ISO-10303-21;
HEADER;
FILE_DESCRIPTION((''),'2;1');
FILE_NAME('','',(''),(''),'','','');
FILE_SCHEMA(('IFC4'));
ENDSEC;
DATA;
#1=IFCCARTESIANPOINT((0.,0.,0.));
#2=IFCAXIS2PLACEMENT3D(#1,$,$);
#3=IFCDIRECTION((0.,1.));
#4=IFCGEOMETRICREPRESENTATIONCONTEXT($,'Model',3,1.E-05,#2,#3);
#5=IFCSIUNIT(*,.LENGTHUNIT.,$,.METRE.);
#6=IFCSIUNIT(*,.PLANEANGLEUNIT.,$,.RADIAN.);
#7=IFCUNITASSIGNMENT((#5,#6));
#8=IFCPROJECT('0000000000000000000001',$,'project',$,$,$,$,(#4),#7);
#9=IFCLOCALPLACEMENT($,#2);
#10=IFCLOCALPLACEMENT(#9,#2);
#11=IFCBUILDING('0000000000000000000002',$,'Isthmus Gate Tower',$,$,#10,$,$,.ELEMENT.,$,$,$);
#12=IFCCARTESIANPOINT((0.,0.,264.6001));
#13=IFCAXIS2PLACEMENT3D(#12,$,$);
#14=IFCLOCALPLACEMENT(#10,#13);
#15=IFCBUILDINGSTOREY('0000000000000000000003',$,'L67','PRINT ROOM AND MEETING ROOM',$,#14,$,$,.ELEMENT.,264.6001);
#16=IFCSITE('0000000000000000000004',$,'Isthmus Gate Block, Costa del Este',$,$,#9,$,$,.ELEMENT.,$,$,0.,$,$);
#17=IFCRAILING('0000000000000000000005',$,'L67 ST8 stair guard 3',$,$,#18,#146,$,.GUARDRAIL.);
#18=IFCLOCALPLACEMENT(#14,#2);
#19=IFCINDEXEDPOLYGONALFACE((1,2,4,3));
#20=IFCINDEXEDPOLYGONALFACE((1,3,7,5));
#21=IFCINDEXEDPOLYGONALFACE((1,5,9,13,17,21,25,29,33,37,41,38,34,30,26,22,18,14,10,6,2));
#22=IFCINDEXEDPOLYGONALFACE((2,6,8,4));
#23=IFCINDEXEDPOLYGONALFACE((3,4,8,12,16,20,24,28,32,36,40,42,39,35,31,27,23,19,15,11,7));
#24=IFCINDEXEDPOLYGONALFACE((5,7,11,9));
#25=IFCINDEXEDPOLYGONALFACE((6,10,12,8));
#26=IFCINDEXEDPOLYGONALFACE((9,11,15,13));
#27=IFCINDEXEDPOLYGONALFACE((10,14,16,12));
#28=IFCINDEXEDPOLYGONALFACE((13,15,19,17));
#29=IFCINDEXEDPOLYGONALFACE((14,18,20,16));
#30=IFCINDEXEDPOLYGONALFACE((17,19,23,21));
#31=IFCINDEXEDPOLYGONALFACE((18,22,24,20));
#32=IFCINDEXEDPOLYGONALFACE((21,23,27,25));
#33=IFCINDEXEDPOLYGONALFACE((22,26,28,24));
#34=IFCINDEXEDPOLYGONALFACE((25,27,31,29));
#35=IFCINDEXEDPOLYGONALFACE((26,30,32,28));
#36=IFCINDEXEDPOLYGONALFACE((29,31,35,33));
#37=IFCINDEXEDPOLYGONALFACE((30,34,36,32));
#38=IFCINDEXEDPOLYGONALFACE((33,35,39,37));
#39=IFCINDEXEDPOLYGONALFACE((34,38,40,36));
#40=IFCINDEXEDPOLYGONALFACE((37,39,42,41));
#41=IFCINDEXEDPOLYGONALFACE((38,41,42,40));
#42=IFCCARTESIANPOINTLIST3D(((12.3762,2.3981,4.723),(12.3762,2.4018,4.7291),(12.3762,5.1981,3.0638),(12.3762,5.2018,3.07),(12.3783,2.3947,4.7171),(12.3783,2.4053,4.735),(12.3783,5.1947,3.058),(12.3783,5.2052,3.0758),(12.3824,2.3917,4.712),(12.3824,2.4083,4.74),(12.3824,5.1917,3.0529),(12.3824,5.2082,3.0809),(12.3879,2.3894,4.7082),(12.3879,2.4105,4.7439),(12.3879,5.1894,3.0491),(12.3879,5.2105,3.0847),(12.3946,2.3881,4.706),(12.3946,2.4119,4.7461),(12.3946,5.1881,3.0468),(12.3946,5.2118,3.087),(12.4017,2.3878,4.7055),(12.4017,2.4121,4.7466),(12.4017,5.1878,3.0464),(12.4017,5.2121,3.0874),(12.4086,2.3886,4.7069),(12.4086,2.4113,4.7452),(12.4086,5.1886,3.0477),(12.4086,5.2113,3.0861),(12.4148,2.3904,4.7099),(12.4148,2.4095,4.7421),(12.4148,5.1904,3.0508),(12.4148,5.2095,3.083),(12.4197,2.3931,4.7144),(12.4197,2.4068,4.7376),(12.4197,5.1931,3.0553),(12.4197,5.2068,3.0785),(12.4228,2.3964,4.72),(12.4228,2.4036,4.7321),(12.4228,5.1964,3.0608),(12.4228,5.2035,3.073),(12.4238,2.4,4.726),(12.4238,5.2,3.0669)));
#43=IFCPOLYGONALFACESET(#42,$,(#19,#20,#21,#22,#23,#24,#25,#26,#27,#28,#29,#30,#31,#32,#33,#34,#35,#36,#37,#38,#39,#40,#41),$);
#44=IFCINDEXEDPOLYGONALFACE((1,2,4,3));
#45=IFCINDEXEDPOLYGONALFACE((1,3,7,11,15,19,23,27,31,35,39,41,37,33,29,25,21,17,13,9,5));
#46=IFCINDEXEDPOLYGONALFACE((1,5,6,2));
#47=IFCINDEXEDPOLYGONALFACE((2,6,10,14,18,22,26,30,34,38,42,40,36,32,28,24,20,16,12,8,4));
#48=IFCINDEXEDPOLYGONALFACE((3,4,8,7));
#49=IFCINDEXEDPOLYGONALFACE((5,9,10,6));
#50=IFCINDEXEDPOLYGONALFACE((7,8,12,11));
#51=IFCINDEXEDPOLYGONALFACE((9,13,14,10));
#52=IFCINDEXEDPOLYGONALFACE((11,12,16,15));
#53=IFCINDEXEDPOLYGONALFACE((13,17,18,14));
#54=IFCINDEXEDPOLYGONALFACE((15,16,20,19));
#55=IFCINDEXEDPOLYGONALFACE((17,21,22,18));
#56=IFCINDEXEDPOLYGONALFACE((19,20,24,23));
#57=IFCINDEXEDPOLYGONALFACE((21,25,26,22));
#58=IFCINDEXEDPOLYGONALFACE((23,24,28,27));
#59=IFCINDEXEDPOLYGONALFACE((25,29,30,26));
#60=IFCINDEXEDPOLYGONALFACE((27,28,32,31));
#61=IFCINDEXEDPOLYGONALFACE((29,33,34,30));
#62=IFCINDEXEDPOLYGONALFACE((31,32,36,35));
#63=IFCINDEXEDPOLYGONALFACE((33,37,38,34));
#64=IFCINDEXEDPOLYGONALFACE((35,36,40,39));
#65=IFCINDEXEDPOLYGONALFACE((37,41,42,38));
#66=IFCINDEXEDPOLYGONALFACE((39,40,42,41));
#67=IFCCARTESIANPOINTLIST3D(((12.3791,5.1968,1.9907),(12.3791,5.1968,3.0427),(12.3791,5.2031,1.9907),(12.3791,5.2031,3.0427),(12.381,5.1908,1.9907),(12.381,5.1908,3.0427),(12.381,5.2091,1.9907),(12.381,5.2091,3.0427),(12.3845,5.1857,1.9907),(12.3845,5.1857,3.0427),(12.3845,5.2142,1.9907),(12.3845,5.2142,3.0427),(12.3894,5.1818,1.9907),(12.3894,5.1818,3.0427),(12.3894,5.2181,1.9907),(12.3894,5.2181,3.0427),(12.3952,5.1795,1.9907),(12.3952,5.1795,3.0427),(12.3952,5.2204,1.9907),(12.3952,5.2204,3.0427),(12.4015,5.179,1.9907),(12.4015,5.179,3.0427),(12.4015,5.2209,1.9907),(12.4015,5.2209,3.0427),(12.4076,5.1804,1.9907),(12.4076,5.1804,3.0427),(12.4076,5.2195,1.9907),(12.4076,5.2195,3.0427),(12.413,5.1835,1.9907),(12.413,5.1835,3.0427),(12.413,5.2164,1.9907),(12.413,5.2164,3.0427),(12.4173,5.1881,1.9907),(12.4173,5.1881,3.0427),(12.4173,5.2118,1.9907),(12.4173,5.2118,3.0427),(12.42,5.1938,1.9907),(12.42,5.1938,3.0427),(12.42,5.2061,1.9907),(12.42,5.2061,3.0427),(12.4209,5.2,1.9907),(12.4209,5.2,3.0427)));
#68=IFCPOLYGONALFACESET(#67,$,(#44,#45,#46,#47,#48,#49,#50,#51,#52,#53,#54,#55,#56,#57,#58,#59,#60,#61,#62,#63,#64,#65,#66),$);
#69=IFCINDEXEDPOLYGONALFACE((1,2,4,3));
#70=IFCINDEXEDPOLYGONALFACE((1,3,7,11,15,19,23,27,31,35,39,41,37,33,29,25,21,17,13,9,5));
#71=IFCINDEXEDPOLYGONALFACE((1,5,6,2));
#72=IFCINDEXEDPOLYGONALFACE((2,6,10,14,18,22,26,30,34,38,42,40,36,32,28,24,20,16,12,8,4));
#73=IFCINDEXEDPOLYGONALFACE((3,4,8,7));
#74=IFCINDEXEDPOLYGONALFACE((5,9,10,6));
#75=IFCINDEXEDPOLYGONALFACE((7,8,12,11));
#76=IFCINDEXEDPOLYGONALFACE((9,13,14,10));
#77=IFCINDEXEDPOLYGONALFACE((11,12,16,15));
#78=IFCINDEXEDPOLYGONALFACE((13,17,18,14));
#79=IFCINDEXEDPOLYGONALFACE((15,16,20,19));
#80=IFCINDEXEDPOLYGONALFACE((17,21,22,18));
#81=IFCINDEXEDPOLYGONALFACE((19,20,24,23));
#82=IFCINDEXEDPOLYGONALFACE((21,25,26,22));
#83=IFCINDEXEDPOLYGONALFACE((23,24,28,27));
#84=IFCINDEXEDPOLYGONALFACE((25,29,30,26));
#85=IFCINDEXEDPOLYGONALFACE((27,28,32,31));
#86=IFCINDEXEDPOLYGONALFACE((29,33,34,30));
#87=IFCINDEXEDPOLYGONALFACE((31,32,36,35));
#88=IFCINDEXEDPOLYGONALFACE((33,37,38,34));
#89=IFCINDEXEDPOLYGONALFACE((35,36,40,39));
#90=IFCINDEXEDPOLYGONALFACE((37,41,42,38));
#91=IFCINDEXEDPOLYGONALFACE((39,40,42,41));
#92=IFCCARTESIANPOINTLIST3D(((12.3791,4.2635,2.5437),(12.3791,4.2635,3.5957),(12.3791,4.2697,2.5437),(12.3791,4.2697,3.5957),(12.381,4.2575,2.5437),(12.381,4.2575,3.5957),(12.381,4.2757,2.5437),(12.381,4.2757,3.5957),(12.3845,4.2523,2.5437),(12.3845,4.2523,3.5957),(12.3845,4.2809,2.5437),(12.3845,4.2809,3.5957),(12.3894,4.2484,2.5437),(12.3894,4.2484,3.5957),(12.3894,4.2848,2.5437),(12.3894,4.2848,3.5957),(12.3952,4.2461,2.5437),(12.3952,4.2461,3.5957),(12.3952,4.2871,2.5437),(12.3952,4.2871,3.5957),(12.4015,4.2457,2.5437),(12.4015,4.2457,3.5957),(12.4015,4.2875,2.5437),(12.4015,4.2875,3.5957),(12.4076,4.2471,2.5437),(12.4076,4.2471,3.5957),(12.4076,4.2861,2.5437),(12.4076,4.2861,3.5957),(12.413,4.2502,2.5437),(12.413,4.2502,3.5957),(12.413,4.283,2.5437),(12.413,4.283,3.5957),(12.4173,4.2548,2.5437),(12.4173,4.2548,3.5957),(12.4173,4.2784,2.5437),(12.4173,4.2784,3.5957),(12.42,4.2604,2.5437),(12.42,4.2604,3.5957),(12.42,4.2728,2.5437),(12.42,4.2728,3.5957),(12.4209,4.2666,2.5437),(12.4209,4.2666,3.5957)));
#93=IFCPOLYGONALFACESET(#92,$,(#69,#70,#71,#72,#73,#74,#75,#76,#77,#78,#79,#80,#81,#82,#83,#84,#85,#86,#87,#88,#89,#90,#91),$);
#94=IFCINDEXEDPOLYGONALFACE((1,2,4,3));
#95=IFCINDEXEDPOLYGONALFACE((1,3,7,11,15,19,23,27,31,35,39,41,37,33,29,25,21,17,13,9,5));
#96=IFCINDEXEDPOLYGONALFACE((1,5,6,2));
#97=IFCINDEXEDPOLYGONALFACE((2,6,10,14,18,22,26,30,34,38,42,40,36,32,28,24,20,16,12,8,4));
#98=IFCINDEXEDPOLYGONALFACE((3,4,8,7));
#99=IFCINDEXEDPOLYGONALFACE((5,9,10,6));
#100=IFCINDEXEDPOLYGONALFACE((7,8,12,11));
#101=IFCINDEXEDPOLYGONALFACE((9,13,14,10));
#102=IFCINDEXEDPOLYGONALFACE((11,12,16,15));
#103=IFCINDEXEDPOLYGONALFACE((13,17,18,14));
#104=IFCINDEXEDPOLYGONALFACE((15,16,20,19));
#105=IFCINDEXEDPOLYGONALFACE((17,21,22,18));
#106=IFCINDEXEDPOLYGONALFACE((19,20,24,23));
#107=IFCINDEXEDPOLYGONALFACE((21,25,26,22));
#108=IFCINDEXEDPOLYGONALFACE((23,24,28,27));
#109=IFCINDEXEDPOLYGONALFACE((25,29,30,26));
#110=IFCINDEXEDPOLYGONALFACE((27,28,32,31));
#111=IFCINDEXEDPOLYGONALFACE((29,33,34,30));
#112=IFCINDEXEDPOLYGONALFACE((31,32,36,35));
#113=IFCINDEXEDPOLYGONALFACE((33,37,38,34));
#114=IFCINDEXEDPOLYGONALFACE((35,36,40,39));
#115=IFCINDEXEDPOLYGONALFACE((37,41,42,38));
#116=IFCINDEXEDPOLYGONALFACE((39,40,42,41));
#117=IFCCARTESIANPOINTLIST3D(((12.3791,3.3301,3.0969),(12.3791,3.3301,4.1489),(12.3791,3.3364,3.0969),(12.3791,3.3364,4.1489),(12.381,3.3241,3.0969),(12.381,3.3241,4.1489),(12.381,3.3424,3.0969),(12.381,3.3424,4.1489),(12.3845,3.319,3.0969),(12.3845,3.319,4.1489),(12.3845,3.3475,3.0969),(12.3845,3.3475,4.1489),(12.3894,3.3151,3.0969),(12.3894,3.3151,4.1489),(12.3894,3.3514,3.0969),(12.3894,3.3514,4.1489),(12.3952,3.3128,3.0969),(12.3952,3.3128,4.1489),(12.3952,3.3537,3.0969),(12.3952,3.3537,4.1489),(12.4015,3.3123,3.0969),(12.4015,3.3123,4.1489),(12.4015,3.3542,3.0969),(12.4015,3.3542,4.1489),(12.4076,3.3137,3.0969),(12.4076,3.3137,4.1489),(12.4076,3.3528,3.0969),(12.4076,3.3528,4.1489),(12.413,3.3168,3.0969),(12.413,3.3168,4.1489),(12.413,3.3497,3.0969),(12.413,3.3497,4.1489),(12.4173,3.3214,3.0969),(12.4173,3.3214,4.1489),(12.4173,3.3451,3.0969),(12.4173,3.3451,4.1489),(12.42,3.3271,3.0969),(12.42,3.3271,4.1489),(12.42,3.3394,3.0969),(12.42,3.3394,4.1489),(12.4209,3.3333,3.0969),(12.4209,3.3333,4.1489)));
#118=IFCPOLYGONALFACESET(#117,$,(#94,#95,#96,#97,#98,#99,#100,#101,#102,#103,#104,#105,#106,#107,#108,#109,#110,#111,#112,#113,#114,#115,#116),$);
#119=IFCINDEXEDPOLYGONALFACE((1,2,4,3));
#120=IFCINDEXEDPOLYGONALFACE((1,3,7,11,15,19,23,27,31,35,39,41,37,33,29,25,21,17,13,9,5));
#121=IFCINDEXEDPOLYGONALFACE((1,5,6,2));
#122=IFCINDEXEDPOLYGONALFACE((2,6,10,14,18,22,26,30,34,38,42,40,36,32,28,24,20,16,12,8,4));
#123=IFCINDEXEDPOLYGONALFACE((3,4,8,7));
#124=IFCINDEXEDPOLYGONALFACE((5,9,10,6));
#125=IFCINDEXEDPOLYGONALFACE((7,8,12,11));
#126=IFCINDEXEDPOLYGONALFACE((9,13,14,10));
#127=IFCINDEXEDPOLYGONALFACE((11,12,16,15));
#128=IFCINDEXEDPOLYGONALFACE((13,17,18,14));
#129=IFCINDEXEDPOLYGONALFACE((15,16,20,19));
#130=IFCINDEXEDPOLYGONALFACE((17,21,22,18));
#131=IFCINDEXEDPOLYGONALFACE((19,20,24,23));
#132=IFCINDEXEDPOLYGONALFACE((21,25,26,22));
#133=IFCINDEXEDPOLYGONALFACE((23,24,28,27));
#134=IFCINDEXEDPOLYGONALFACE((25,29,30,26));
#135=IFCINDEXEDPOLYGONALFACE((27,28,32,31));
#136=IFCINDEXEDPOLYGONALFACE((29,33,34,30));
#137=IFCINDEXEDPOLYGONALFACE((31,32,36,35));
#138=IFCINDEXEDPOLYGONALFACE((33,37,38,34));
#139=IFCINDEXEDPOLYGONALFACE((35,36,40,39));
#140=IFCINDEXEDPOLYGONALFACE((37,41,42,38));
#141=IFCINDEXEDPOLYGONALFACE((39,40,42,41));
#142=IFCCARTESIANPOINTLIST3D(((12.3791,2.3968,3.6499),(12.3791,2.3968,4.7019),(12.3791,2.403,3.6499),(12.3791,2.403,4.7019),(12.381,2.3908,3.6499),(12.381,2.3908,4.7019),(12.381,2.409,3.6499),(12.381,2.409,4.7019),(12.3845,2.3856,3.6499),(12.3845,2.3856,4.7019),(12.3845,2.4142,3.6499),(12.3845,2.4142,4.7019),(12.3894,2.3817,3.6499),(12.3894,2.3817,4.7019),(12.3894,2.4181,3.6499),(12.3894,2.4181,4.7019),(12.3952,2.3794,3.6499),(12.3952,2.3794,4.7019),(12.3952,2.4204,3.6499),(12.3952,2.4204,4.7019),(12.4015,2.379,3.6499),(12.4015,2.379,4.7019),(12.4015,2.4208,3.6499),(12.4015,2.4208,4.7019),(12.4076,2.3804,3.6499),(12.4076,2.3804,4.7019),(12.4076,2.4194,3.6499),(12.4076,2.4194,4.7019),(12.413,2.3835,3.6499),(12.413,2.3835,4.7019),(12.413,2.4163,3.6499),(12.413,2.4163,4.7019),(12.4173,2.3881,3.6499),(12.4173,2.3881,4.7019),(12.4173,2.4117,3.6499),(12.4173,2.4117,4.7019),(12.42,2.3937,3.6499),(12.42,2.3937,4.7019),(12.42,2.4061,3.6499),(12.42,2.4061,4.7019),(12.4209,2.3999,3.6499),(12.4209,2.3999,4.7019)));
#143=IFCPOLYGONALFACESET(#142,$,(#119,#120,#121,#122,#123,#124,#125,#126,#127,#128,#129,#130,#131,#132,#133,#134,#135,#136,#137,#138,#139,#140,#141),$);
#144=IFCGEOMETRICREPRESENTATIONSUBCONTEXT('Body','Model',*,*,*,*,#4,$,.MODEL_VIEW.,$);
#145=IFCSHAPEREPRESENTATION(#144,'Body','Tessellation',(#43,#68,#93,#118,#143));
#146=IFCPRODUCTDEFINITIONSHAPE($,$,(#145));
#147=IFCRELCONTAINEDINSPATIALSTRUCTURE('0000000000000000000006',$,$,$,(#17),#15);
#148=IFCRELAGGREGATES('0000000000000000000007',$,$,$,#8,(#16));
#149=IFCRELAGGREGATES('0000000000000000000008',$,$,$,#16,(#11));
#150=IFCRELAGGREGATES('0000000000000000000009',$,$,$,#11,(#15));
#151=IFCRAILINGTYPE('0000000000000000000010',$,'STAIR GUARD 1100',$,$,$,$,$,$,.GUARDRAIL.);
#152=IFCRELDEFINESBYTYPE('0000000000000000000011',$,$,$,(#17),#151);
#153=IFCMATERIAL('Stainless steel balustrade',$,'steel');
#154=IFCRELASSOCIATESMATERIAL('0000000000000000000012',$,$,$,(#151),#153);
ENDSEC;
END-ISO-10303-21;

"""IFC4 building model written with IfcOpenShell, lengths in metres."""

from ifc_helpers import new_model, si_unit, direction, frame, origin, origin_2d, place, context, subcontext, project, spatial, circle, extrude, material, type_object, element, save


model = new_model("IFC4")

# Units and contexts
model_context = context("Model", 3, precision=1e-05, world=origin(), true_north=direction((0.0, 1.0)))
body_context = subcontext(model_context, "Body", "Model", "MODEL_VIEW")
ifc_project = project(units=[si_unit("LENGTHUNIT", "METRE"), si_unit("PLANEANGLEUNIT", "RADIAN")], contexts=[model_context])

# Site, building, storey
site_placement = place(None, origin())
site = spatial("IfcSite", under=ifc_project, at=site_placement, Name="Isthmus Gate Block, Costa del Este", CompositionType="ELEMENT", RefElevation=0.0)
building_placement = place(site_placement, origin())
building = spatial("IfcBuilding", under=site, at=building_placement, Name="Isthmus Gate Tower", CompositionType="ELEMENT")
storey_placement = place(building_placement, frame((0.0, 0.0, 264.6001)))
storey = spatial("IfcBuildingStorey", under=building, at=storey_placement, Name="L67", Description="PRINT ROOM AND MEETING ROOM", CompositionType="ELEMENT", Elevation=264.6001)

# Railing
ifc_material_1 = material(Name="Stainless steel balustrade", Category="steel")
railing_type_1 = type_object("IfcRailingType", Name="STAIR GUARD 1100", PredefinedType="GUARDRAIL", material=ifc_material_1)
railing_placement = place(storey_placement, frame((12.3999, 5.2, 1.9907)))
element("IfcRailing", 1, at=railing_placement, inside=storey, type_object=railing_type_1, Name="L67 ST8 stair guard 3", PredefinedType="GUARDRAIL", context=body_context, shape_type="SweptSolid", body=[
    extrude(circle(Radius=0.0239, at=origin_2d()), frame((0.0, 0.0, 1.0762), z_axis=(0.0, -0.860306, 0.509778), x_axis=(1.0, 0.0, 0.0)), (0.0, 0.0, 1.0), 3.2546),
    extrude(circle(Radius=0.021, at=origin_2d()), origin(), (0.0, 0.0, 1.0), 1.052),
    extrude(circle(Radius=0.021, at=origin_2d()), frame((0.0, -0.9333, 0.553)), (0.0, 0.0, 1.0), 1.052),
    extrude(circle(Radius=0.021, at=origin_2d()), frame((0.0, -1.8667, 1.1062)), (0.0, 0.0, 1.0), 1.052),
    extrude(circle(Radius=0.021, at=origin_2d()), frame((0.0, -2.8, 1.6592)), (0.0, 0.0, 1.0), 1.052),
])

save(model, "model.ifc")
